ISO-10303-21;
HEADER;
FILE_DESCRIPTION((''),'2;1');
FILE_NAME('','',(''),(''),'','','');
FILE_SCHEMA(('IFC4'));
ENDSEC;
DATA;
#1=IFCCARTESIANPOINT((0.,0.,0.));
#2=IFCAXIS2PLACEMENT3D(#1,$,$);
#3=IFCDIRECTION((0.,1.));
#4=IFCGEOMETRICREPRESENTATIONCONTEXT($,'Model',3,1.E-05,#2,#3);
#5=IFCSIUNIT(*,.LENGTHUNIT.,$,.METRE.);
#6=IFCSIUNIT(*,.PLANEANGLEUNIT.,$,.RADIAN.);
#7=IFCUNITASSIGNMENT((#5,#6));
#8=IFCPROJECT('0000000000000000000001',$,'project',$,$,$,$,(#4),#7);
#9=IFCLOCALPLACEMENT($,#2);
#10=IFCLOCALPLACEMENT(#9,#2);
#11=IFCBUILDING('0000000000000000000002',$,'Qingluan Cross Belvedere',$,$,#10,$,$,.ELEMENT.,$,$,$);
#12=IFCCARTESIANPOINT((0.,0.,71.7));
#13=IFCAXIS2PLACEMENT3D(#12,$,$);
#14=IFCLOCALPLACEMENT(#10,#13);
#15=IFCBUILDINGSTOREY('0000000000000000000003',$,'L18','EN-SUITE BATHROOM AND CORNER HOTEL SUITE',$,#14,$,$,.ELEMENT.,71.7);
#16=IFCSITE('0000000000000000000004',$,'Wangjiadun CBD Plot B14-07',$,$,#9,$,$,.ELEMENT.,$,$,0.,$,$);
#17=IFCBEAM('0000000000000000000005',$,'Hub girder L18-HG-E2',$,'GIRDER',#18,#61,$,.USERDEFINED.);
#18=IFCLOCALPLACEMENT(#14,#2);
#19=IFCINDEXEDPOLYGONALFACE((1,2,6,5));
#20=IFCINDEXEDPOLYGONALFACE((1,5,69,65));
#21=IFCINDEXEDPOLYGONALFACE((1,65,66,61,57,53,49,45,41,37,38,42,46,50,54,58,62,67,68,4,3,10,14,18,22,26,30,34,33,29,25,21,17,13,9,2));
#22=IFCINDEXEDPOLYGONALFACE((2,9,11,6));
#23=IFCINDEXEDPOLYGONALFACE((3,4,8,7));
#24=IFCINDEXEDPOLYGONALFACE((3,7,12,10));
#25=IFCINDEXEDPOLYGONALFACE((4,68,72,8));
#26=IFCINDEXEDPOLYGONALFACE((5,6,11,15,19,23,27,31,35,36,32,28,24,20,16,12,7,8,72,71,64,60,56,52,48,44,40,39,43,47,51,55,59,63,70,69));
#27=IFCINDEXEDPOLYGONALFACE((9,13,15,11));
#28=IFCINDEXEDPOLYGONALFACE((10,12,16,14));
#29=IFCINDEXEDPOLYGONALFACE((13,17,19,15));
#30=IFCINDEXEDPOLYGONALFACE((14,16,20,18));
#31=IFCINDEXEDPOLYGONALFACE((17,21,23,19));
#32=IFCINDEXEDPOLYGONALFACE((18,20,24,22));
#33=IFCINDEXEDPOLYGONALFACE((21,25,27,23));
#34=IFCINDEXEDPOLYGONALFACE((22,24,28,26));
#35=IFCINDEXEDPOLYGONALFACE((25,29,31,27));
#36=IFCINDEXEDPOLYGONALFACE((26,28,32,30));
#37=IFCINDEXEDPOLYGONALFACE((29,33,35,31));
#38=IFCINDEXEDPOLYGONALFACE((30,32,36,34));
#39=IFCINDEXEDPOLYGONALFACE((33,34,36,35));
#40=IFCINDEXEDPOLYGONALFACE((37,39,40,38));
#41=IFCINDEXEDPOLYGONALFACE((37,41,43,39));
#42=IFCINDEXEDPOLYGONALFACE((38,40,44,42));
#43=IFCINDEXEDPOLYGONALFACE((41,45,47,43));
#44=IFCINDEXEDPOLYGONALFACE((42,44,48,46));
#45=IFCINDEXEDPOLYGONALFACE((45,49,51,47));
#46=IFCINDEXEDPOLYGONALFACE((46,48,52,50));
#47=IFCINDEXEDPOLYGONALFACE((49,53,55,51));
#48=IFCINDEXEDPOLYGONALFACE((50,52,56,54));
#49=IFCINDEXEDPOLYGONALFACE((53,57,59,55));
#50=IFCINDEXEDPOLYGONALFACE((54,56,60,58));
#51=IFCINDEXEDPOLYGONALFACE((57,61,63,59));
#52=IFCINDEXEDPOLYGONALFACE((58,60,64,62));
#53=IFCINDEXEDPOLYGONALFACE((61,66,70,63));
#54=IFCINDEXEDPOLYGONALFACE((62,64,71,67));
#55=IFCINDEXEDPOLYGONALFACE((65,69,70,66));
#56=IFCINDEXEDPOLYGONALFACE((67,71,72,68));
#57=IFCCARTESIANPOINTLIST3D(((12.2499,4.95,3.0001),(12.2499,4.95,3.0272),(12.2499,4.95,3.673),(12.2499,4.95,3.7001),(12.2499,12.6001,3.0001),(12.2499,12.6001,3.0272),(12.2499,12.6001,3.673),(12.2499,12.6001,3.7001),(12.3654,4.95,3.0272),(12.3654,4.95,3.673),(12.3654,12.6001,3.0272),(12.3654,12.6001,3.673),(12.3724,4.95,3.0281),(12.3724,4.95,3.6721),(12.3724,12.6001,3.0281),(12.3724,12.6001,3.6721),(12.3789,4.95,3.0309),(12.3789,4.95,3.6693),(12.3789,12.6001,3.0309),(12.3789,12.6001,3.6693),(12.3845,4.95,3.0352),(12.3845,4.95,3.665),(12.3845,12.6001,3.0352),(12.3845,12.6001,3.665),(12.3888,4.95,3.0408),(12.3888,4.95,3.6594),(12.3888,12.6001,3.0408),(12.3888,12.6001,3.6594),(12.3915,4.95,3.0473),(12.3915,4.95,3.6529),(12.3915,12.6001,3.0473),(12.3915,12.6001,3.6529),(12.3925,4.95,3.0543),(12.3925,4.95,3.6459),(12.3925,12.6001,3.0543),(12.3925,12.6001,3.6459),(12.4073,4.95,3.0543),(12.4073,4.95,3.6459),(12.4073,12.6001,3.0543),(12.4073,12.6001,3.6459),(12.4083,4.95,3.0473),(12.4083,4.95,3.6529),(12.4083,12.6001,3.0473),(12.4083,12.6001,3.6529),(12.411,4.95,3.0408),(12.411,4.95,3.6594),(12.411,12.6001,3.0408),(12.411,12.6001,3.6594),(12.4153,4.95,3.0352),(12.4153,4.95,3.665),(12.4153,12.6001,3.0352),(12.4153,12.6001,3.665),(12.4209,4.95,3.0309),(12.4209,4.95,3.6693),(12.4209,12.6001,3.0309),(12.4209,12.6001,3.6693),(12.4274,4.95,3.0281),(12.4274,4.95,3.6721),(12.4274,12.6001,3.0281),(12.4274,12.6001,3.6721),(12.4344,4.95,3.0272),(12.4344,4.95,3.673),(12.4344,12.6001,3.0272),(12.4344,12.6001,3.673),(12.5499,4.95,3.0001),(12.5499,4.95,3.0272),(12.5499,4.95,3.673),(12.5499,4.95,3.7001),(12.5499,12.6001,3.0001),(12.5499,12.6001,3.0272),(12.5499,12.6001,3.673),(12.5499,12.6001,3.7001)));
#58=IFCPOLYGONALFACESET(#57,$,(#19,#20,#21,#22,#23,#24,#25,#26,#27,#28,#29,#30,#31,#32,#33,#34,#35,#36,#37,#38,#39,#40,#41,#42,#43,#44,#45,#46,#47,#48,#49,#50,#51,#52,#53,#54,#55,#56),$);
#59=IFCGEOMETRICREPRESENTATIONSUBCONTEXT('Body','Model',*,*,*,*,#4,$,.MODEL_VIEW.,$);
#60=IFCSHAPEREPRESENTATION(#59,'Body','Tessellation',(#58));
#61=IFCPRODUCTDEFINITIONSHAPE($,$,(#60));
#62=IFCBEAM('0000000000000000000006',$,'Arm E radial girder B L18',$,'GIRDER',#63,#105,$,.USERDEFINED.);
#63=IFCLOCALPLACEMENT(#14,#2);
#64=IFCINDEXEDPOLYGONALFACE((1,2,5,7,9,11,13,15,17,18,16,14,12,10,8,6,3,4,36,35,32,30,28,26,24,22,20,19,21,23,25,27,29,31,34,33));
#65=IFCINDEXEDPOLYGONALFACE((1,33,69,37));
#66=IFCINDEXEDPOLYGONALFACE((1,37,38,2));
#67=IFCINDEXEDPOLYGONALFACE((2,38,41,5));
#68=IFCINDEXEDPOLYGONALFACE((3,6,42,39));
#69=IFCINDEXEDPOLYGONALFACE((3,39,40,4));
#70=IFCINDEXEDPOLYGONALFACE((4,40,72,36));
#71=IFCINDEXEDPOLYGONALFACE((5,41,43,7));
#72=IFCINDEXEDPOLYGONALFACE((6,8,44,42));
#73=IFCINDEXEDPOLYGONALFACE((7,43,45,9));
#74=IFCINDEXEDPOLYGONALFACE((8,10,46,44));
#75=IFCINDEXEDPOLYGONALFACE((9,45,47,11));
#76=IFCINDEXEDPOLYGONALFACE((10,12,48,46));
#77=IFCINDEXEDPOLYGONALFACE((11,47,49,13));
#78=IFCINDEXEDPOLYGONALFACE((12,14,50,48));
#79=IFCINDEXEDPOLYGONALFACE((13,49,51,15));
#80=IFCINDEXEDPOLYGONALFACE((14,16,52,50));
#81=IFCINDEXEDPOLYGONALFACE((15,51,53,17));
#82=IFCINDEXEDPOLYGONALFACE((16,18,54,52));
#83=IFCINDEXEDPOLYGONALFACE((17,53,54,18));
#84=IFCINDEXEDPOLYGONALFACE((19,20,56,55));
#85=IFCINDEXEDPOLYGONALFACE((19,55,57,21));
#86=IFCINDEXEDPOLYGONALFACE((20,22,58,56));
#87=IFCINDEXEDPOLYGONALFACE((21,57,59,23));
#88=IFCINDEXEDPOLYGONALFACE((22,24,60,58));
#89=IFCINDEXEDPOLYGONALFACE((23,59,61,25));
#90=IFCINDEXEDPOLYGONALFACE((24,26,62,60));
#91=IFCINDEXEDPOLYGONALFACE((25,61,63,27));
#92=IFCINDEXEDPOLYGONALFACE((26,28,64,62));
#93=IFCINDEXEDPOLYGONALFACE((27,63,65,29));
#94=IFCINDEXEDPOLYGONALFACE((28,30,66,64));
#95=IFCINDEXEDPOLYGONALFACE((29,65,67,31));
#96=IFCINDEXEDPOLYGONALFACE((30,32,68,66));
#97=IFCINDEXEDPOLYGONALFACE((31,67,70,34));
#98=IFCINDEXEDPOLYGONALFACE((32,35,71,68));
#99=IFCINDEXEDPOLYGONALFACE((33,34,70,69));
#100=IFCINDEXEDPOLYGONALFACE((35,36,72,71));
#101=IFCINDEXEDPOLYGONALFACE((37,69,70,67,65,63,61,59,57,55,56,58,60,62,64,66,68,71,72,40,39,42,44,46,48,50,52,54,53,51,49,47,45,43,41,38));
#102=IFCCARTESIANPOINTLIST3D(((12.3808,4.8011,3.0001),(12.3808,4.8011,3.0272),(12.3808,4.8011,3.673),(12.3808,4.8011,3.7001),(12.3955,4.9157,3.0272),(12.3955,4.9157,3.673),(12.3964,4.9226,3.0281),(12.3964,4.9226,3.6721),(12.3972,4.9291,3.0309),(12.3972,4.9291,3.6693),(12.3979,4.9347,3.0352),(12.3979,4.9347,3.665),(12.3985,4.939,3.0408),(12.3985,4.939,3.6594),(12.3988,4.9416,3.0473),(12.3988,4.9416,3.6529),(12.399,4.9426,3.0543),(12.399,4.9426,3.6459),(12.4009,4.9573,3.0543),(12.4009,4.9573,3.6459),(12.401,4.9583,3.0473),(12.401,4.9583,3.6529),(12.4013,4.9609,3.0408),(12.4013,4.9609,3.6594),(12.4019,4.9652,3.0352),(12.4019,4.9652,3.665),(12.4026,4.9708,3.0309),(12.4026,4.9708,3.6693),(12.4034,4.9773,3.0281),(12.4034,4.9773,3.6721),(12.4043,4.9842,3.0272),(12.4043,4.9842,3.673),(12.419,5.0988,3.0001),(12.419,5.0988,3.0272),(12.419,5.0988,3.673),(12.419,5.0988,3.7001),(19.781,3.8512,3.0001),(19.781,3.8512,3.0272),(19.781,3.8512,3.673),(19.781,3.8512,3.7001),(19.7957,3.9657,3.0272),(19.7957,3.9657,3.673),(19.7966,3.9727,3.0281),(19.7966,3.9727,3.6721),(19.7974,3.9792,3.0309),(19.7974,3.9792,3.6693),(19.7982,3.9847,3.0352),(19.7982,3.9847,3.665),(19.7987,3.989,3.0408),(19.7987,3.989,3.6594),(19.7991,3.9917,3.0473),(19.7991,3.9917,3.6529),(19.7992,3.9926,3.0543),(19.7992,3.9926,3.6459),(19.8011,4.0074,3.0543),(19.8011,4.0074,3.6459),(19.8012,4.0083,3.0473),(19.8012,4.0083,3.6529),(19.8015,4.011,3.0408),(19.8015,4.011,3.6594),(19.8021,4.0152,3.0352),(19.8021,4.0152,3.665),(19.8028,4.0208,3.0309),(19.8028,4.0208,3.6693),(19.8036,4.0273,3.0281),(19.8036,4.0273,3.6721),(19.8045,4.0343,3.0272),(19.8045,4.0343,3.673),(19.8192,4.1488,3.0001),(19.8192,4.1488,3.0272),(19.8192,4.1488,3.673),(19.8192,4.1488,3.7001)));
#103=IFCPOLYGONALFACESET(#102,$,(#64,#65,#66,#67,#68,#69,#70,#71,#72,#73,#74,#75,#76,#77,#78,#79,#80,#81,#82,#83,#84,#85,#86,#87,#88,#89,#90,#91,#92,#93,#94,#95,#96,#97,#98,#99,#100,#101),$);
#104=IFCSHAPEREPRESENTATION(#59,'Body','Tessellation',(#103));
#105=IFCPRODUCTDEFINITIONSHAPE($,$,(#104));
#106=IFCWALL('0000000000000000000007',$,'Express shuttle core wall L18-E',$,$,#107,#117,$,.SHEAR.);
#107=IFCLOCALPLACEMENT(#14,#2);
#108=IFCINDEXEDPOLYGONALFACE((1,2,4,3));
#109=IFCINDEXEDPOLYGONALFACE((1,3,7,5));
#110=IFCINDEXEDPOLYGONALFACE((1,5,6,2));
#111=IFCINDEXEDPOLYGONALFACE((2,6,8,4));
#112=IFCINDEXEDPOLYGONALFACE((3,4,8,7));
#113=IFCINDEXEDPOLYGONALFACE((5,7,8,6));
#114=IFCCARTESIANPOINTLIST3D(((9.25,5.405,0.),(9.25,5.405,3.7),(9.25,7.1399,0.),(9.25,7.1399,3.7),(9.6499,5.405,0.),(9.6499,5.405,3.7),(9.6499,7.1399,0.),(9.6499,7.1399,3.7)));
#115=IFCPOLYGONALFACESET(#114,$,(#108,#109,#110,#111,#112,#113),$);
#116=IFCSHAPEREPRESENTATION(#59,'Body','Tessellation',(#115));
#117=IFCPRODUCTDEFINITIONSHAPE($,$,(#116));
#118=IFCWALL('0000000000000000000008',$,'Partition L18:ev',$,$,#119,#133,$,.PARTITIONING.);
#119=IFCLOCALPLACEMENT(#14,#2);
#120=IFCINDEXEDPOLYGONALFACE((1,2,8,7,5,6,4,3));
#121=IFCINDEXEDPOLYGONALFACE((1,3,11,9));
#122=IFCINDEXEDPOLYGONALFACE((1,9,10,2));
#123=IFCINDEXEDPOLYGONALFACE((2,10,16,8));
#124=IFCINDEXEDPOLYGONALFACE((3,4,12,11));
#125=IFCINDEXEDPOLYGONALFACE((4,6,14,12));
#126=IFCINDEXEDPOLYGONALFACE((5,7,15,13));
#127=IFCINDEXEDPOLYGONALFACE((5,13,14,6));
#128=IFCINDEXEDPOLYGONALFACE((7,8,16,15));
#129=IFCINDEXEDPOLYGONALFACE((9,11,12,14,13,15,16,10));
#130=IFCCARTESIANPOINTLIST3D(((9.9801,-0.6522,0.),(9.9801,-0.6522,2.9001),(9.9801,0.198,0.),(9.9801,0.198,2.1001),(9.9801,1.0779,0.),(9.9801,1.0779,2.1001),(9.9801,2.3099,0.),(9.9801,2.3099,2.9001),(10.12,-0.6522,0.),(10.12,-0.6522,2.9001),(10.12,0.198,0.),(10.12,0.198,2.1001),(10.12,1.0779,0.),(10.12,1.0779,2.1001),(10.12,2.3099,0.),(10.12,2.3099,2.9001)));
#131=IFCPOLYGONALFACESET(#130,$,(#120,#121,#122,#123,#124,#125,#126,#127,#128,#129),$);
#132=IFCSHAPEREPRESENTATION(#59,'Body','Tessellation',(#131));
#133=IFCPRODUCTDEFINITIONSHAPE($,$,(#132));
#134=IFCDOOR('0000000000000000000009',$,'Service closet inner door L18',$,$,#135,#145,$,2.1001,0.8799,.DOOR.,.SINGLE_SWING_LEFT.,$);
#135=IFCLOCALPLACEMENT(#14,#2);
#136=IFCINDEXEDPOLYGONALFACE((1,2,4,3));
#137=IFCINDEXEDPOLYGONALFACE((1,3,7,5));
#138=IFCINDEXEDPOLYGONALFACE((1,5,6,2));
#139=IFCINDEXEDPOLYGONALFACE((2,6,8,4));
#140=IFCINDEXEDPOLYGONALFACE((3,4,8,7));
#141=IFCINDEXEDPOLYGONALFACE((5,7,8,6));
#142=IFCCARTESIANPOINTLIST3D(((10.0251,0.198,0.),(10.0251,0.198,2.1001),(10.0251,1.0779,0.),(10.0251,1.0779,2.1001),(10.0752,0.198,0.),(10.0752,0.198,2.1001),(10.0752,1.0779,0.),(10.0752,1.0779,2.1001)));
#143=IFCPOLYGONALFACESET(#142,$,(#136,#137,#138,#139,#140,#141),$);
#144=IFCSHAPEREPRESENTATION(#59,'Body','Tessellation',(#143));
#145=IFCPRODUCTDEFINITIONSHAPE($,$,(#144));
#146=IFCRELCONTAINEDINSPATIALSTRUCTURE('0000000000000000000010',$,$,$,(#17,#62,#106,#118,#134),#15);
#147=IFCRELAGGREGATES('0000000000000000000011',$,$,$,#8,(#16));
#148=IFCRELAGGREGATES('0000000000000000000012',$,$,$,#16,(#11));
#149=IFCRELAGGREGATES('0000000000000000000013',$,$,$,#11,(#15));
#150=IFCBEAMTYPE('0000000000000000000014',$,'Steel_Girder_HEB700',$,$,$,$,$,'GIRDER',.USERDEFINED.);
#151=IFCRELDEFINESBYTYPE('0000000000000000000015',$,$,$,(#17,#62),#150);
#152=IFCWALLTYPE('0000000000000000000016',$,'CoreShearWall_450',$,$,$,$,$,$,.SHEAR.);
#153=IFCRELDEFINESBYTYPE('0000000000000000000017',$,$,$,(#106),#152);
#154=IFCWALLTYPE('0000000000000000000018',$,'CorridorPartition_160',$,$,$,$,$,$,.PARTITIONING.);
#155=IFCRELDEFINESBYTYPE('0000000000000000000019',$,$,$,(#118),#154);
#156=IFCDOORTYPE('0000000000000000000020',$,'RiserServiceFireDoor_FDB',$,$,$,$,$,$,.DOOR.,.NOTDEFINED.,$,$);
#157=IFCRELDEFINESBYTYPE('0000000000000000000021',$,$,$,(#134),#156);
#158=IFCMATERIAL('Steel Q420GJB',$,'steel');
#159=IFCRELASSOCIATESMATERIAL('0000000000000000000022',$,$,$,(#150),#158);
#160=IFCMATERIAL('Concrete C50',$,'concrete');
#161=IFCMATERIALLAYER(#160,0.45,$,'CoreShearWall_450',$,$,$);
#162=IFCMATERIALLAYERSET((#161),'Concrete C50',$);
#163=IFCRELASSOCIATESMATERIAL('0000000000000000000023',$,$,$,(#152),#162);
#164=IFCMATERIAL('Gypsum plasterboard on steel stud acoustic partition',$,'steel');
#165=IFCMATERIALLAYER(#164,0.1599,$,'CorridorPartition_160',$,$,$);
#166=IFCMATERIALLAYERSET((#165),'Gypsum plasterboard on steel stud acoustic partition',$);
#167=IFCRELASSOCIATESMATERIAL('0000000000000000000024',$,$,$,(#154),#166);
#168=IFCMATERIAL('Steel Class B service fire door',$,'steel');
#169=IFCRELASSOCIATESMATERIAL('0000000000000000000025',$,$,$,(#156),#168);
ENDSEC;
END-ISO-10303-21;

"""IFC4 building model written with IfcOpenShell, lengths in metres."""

from ifc_helpers import new_model, si_unit, direction, frame, frame_2d, origin, origin_2d, place, context, subcontext, project, spatial, rectangle, i_section, extrude, material, layer, layer_set, material_profile, profile_set, type_object, element, fill, save


model = new_model("IFC4")

# Units and contexts
model_context = context("Model", 3, precision=1e-05, world=origin(), true_north=direction((0.0, 1.0)))
body_context = subcontext(model_context, "Body", "Model", "MODEL_VIEW")
ifc_project = project(units=[si_unit("LENGTHUNIT", "METRE"), si_unit("PLANEANGLEUNIT", "RADIAN")], contexts=[model_context])

# Site, building, storey
site_placement = place(None, origin())
site = spatial("IfcSite", under=ifc_project, at=site_placement, Name="Wangjiadun CBD Plot B14-07", CompositionType="ELEMENT", RefElevation=0.0)
building_placement = place(site_placement, origin())
building = spatial("IfcBuilding", under=site, at=building_placement, Name="Qingluan Cross Belvedere", CompositionType="ELEMENT")
storey_placement = place(building_placement, frame((0.0, 0.0, 71.7)))
storey = spatial("IfcBuildingStorey", under=building, at=storey_placement, Name="L18", Description="EN-SUITE BATHROOM AND CORNER HOTEL SUITE", CompositionType="ELEMENT", Elevation=71.7)

# Beams
ifc_material_1 = material(Name="Steel Q420GJB", Category="steel")
ifc_material_profile = material_profile(ifc_material_1, i_section(OverallWidth=0.3, OverallDepth=0.7, WebThickness=0.0149, FlangeThickness=0.0271, FilletRadius=0.0271, at=origin_2d()), Name="HEB700")
ifc_profile_set = profile_set([ifc_material_profile], Name="Steel Q420GJB")
beam_type = type_object("IfcBeamType", Name="Steel_Girder_HEB700", ElementType="GIRDER", PredefinedType="USERDEFINED", material=ifc_profile_set)
beam_1_placement = place(storey_placement, frame((12.3999, 4.95, 3.3501), z_axis=(0.0, 1.0, 0.0), x_axis=(-1.0, 0.0, 0.0)))
element("IfcBeam", 1, at=beam_1_placement, inside=storey, type_object=beam_type, Name="Hub girder L18-HG-E2", ObjectType="GIRDER", PredefinedType="USERDEFINED", context=body_context, shape_type="SweptSolid", body=[
    extrude(i_section(OverallWidth=0.3, OverallDepth=0.7, WebThickness=0.0149, FlangeThickness=0.0271, FilletRadius=0.0271, at=origin_2d()), origin(), (0.0, 0.0, 1.0), 7.6501),
])
beam_2_placement = place(storey_placement, frame((12.3999, 4.95, 3.3501), z_axis=(0.991861, -0.127324, 0.0), x_axis=(0.127324, 0.991861, 0.0)))
element("IfcBeam", 2, at=beam_2_placement, inside=storey, type_object=beam_type, Name="Arm E radial girder B L18", ObjectType="GIRDER", PredefinedType="USERDEFINED", context=body_context, shape_type="SweptSolid", body=[
    extrude(i_section(OverallWidth=0.3, OverallDepth=0.7, WebThickness=0.0149, FlangeThickness=0.0271, FilletRadius=0.0271, at=origin_2d()), origin(), (0.0, 0.0, 1.0), 7.4609),
])

# Wall
ifc_material_2 = material(Name="Concrete C50", Category="concrete")
ifc_layer_1 = layer(ifc_material_2, 0.45, Name="CoreShearWall_450")
ifc_layer_set_1 = layer_set([ifc_layer_1], Name="Concrete C50")
wall_type_1 = type_object("IfcWallType", Name="CoreShearWall_450", PredefinedType="SHEAR", material=ifc_layer_set_1)
wall_1_placement = place(storey_placement, frame((9.45, 5.405, 0.0), z_axis=(0.0, 0.0, 1.0), x_axis=(0.0, 1.0, 0.0)))
element("IfcWall", 3, at=wall_1_placement, inside=storey, type_object=wall_type_1, Name="Express shuttle core wall L18-E", PredefinedType="SHEAR", context=body_context, shape_type="SweptSolid", body=[
    extrude(rectangle(XDim=1.7349, YDim=0.3999, at=frame_2d((0.8674, 0.0))), origin(), (0.0, 0.0, 1.0), 3.7),
])

# Wall, opening, door
ifc_material_3 = material(Name="Gypsum plasterboard on steel stud acoustic partition", Category="steel")
ifc_layer_2 = layer(ifc_material_3, 0.1599, Name="CorridorPartition_160")
ifc_layer_set_2 = layer_set([ifc_layer_2], Name="Gypsum plasterboard on steel stud acoustic partition")
wall_type_2 = type_object("IfcWallType", Name="CorridorPartition_160", PredefinedType="PARTITIONING", material=ifc_layer_set_2)
wall_2_placement = place(storey_placement, frame((10.05, -0.6521, 0.0), z_axis=(0.0, 0.0, 1.0), x_axis=(0.0, 1.0, 0.0)))
wall_2 = element("IfcWall", 4, at=wall_2_placement, inside=storey, type_object=wall_type_2, Name="Partition L18:ev", PredefinedType="PARTITIONING", context=body_context, shape_type="SweptSolid", body=[
    extrude(rectangle(XDim=2.9622, YDim=0.1399, at=frame_2d((1.481, 0.0))), origin(), (0.0, 0.0, 1.0), 2.9001),
])
opening_1_placement = place(wall_2_placement, frame((0.8501, 0.0, 0.0)))
opening_1 = element("IfcOpeningElement", 5, at=opening_1_placement, cuts=wall_2, PredefinedType="OPENING", context=body_context, shape_type="SweptSolid", body=[
    extrude(rectangle(XDim=0.8799, YDim=2.1001, at=frame_2d((0.4399, 1.05))), frame((0.0, 0.0798, 0.0), z_axis=(0.0, -1.0, 0.0), x_axis=(1.0, 0.0, 0.0)), (0.0, 0.0, 1.0), 0.1599),
])
ifc_material_4 = material(Name="Steel Class B service fire door", Category="steel")
door_type_1 = type_object("IfcDoorType", Name="RiserServiceFireDoor_FDB", OperationType="NOTDEFINED", PredefinedType="DOOR", material=ifc_material_4)
door_1_placement = place(opening_1_placement, origin())
door_1 = element("IfcDoor", 6, at=door_1_placement, inside=storey, type_object=door_type_1, Name="Service closet inner door L18", OperationType="SINGLE_SWING_LEFT", OverallHeight=2.1001, OverallWidth=0.8799, PredefinedType="DOOR", context=body_context, shape_type="SweptSolid", body=[
    extrude(rectangle(XDim=0.8799, YDim=2.1001, at=frame_2d((0.4399, 1.05))), frame((0.0, 0.0249, 0.0), z_axis=(0.0, -1.0, 0.0), x_axis=(1.0, 0.0, 0.0)), (0.0, 0.0, 1.0), 0.05),
])
fill(opening_1, door_1)

save(model, "model.ifc")
